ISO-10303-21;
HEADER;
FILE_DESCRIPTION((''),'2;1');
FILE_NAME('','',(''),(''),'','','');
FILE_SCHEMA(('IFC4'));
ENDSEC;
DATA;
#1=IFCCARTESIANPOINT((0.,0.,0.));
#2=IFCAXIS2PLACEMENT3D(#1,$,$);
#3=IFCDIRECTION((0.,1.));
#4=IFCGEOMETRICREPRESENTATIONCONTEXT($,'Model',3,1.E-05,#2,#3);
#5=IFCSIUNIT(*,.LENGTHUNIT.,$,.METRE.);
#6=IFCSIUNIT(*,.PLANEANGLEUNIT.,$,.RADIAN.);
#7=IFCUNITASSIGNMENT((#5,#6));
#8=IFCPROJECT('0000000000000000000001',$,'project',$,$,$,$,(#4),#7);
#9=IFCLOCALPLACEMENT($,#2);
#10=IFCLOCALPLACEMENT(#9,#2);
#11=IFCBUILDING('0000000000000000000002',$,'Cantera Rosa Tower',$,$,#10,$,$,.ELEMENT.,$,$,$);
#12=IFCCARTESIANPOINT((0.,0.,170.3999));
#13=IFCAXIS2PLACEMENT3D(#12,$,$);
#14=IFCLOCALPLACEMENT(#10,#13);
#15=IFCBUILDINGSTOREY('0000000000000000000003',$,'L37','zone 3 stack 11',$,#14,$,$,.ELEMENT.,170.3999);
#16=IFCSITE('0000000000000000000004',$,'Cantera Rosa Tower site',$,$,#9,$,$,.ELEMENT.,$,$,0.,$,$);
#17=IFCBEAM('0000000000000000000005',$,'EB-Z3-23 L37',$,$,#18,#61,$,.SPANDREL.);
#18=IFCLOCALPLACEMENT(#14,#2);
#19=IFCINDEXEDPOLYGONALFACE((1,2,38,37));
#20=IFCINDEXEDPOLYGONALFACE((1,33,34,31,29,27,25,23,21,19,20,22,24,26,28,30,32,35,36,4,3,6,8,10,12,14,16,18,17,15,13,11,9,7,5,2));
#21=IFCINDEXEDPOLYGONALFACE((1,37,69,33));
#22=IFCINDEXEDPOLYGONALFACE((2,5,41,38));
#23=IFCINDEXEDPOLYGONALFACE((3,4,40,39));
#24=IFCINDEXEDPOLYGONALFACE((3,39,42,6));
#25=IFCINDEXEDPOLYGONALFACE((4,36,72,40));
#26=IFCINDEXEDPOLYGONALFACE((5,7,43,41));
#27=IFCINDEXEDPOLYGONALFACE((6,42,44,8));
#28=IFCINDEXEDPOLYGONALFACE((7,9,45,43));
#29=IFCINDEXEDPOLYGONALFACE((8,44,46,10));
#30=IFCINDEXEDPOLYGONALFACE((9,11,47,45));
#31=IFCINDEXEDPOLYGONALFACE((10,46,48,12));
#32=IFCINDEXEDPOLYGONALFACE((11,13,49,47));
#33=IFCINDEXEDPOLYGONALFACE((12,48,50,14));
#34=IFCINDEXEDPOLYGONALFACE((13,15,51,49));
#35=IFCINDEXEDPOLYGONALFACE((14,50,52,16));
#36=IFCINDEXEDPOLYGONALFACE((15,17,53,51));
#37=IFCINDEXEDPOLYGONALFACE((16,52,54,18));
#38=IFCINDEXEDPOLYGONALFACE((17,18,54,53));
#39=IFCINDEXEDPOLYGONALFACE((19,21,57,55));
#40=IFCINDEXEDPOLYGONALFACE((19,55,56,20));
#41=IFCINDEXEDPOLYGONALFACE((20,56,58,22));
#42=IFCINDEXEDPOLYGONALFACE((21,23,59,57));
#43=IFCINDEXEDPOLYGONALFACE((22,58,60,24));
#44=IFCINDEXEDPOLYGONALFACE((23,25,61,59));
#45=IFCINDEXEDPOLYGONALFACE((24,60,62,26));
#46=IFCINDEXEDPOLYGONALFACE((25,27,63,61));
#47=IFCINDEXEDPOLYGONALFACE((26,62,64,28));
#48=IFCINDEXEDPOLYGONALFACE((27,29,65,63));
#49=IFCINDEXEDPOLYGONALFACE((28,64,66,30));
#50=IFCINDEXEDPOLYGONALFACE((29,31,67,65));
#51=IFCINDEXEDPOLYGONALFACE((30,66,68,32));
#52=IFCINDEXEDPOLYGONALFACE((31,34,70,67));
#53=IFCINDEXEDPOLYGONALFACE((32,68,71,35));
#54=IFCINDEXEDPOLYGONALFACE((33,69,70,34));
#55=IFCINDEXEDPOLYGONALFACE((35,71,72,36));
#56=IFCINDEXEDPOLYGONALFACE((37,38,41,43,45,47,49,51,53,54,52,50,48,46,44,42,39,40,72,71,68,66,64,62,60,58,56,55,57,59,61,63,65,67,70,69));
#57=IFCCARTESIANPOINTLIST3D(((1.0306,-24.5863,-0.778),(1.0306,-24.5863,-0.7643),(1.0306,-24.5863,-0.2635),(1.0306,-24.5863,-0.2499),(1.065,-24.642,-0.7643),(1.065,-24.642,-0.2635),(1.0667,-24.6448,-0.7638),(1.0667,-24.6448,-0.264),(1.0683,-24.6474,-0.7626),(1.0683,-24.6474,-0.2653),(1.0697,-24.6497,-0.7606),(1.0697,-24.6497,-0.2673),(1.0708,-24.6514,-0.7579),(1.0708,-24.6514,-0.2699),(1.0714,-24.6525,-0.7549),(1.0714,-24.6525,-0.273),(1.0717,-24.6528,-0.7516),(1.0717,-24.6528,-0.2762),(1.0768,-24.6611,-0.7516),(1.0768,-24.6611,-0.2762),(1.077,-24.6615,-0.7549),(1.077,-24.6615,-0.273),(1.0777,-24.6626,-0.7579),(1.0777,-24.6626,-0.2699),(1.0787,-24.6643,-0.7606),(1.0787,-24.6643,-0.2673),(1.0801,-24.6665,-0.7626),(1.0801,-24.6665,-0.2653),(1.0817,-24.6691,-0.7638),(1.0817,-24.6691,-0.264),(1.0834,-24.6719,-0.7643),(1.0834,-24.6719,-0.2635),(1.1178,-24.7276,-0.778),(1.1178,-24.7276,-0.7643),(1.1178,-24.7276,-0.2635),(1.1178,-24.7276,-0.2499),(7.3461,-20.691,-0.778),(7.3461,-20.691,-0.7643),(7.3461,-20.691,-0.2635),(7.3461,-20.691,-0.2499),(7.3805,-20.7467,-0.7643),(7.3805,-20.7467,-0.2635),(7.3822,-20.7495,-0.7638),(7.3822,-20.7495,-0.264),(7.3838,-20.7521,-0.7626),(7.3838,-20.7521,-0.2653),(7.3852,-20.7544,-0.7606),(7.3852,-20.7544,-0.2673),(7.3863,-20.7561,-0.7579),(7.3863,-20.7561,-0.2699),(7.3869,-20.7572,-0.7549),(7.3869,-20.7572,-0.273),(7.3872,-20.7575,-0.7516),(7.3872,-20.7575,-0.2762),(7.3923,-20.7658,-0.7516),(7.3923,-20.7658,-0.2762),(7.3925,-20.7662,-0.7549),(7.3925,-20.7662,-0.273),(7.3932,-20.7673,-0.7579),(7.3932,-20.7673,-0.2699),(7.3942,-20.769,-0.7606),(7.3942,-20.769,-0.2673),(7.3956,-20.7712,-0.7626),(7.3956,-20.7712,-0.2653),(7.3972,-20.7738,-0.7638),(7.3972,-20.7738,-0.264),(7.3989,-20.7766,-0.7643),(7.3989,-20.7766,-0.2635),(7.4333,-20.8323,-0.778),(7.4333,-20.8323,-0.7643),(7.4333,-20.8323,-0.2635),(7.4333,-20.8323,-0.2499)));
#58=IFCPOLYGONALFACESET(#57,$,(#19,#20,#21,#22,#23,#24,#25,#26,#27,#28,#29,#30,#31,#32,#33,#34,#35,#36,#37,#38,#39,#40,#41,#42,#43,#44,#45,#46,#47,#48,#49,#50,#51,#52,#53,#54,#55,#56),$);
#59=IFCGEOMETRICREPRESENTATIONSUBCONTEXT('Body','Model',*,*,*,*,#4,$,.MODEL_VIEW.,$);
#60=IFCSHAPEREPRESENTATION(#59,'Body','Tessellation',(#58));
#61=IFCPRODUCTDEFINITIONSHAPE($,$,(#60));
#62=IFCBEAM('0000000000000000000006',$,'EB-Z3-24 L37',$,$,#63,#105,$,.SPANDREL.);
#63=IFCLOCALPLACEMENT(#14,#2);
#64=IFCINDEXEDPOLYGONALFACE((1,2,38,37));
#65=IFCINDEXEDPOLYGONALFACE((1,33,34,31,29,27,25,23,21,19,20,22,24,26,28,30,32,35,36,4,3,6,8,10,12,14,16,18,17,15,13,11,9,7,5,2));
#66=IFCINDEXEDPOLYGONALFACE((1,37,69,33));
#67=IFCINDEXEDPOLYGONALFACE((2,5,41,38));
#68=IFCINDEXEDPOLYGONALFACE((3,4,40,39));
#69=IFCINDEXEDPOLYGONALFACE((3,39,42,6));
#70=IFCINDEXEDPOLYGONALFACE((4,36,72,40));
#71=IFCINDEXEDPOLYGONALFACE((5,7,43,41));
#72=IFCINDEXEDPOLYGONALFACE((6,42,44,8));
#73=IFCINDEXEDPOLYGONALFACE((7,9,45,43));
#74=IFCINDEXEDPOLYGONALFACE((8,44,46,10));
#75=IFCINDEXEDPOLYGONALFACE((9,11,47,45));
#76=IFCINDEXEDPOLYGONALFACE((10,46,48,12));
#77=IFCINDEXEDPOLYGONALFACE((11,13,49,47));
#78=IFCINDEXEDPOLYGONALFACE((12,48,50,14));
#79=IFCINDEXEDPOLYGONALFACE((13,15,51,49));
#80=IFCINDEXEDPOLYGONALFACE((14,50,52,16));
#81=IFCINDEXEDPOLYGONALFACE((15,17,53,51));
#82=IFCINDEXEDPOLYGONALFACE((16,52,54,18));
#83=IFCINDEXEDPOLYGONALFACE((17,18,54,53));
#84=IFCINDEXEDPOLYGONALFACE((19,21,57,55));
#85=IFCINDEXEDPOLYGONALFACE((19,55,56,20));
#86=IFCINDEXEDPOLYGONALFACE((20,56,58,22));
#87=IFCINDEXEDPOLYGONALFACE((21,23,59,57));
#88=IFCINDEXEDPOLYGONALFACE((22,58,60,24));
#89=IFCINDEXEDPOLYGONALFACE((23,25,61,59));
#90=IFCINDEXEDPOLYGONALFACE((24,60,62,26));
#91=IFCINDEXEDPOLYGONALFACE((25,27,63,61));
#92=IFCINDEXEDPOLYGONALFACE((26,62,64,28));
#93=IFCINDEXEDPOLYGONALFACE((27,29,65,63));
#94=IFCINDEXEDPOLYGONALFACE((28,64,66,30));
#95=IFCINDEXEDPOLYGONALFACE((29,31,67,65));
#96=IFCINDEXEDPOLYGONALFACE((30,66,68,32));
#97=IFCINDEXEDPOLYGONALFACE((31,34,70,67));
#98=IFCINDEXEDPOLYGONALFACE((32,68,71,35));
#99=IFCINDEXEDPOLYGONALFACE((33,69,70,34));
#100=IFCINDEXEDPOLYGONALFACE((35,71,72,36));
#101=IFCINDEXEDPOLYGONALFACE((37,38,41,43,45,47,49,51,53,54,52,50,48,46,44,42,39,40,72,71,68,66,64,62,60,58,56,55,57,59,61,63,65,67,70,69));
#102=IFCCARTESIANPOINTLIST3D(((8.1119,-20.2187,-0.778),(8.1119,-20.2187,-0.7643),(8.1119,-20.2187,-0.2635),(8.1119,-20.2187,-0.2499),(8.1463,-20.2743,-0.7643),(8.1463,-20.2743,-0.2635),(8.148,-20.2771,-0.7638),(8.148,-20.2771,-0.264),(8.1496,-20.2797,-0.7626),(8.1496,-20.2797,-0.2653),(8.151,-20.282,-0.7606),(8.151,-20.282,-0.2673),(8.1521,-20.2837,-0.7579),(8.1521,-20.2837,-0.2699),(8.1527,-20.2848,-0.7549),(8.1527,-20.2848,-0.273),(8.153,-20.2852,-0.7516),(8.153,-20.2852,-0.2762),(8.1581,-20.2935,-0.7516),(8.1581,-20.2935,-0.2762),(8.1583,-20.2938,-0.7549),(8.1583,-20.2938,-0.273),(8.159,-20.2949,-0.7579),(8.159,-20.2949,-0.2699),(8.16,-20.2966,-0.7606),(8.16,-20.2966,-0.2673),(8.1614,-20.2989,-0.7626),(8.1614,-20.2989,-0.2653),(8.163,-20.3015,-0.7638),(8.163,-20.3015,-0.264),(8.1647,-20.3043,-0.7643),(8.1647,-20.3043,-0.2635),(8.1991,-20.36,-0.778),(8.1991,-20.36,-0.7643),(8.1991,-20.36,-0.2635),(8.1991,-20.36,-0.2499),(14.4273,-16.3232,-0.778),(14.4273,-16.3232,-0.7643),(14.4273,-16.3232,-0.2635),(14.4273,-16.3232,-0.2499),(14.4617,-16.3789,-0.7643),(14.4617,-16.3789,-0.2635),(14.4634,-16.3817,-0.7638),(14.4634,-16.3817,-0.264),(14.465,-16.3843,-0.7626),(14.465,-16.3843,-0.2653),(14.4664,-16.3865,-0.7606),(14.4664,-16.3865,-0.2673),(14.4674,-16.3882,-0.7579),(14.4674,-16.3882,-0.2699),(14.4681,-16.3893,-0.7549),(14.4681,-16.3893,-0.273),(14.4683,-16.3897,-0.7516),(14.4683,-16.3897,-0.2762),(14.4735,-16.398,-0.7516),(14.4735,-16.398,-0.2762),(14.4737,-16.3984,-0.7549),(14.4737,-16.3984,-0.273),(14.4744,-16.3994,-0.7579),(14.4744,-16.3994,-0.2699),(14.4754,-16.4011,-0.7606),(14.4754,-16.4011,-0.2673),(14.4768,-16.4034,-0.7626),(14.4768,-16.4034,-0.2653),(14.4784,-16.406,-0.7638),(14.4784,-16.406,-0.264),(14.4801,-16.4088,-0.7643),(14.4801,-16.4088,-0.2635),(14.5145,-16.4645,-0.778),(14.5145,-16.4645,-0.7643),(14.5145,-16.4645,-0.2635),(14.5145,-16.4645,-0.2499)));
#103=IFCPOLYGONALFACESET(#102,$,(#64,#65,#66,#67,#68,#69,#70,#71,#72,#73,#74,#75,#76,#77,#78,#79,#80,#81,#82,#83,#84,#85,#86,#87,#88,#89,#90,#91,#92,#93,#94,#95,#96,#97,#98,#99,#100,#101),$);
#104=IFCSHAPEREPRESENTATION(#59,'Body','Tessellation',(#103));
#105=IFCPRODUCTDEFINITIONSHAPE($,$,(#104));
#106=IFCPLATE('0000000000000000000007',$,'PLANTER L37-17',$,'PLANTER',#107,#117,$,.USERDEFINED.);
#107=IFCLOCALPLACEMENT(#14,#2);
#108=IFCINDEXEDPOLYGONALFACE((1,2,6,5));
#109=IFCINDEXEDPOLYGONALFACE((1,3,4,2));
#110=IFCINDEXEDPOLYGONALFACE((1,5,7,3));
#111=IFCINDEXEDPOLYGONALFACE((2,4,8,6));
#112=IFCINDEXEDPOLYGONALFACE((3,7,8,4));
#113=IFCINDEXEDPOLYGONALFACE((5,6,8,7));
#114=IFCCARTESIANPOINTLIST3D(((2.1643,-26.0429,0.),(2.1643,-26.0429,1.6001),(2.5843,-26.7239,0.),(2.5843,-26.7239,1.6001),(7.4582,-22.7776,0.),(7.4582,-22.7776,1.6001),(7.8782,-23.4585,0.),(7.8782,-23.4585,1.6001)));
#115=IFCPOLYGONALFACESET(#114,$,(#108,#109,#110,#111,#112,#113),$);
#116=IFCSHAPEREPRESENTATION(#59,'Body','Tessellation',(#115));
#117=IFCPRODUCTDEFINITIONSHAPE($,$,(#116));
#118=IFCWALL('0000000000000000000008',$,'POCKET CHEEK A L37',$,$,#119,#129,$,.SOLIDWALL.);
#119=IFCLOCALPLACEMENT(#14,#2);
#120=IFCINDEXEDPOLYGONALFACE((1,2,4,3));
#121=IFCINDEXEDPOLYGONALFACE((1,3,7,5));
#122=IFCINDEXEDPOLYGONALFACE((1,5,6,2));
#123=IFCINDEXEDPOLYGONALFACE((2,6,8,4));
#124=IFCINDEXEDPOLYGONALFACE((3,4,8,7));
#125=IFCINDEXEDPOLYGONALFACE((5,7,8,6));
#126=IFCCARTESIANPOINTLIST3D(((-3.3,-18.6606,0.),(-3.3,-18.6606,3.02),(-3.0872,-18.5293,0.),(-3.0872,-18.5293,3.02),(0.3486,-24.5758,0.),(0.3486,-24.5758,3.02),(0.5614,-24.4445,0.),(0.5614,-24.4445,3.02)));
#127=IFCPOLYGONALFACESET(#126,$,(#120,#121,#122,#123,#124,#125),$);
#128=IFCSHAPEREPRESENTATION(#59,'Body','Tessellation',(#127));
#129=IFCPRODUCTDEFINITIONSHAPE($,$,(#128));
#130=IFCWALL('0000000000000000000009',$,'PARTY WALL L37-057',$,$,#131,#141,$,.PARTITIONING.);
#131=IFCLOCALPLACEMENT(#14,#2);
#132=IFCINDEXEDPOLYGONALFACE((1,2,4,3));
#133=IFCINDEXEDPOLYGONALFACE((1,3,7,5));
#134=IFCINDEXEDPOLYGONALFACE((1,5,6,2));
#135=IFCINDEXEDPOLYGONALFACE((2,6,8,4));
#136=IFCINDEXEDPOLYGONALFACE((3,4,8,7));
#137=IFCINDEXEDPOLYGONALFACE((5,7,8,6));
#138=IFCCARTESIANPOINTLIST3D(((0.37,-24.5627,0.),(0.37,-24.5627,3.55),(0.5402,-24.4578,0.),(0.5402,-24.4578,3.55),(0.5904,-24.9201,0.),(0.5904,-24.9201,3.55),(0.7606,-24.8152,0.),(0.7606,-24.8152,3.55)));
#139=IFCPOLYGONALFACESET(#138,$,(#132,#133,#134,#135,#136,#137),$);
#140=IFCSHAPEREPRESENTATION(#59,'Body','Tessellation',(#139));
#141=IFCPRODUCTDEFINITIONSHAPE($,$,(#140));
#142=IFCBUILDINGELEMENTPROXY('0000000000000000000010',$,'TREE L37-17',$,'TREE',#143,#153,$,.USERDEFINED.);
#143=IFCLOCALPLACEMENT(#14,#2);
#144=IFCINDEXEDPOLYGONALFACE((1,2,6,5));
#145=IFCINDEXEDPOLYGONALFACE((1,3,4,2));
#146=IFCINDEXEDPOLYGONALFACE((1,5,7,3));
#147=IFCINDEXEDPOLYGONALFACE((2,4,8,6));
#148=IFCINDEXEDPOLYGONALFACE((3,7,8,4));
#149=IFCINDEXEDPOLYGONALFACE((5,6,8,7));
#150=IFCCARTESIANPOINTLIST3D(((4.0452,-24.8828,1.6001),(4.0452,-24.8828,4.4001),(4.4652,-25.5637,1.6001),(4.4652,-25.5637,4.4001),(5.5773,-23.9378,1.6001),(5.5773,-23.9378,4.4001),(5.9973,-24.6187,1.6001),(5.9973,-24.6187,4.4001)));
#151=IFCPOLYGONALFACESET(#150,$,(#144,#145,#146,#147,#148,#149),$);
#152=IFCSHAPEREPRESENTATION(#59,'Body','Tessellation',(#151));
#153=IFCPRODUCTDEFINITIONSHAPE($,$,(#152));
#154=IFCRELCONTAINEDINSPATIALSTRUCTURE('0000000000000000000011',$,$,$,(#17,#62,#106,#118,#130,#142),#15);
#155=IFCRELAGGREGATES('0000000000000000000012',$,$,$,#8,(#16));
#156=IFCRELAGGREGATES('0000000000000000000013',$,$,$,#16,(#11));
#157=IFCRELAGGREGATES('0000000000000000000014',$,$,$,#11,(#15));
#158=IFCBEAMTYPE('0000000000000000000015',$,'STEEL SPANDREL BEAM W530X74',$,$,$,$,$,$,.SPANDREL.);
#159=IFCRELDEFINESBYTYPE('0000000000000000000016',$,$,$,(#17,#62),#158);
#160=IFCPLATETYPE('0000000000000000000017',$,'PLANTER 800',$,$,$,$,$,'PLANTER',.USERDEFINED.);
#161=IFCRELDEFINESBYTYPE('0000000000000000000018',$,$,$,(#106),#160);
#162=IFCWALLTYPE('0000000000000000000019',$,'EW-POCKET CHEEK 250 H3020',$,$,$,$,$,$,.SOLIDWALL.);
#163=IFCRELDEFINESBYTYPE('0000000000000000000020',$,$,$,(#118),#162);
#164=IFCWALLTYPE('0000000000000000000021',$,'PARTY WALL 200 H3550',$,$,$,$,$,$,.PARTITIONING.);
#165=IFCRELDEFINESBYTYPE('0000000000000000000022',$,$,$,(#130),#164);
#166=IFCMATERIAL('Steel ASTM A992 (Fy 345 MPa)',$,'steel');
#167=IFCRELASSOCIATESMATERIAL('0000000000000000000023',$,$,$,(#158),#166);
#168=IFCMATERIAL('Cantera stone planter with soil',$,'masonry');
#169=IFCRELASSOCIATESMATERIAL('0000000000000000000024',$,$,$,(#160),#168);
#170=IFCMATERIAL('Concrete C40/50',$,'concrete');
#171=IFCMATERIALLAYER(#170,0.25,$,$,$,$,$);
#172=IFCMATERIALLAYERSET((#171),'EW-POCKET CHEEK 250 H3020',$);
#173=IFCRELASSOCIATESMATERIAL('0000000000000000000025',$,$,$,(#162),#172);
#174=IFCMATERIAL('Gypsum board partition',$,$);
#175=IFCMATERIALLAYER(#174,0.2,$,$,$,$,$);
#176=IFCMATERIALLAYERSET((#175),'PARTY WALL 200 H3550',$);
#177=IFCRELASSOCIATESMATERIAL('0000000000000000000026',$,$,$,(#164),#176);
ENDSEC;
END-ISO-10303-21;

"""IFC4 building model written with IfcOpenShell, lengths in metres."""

from ifc_helpers import new_model, si_unit, direction, frame, frame_2d, origin, origin_2d, place, context, subcontext, project, spatial, rectangle, i_section, extrude, material, layer, layer_set, material_profile, profile_set, type_object, element, save


model = new_model("IFC4")

# Units and contexts
model_context = context("Model", 3, precision=1e-05, world=origin(), true_north=direction((0.0, 1.0)))
body_context = subcontext(model_context, "Body", "Model", "MODEL_VIEW")
ifc_project = project(units=[si_unit("LENGTHUNIT", "METRE"), si_unit("PLANEANGLEUNIT", "RADIAN")], contexts=[model_context])

# Site, building, storey
site_placement = place(None, origin())
site = spatial("IfcSite", under=ifc_project, at=site_placement, Name="Cantera Rosa Tower site", CompositionType="ELEMENT", RefElevation=0.0)
building_placement = place(site_placement, origin())
building = spatial("IfcBuilding", under=site, at=building_placement, Name="Cantera Rosa Tower", CompositionType="ELEMENT")
storey_placement = place(building_placement, frame((0.0, 0.0, 170.3999)))
storey = spatial("IfcBuildingStorey", under=building, at=storey_placement, Name="L37", Description="zone 3 stack 11", CompositionType="ELEMENT", Elevation=170.3999)

# Beams
ifc_material_1 = material(Name="Steel ASTM A992 (Fy 345 MPa)", Category="steel")
ifc_material_profile_1 = material_profile(ifc_material_1, i_section(OverallWidth=0.166, OverallDepth=0.5281, WebThickness=0.0098, FlangeThickness=0.0137, FilletRadius=0.0127, at=origin_2d()), Name="W530X74")
ifc_profile_set_1 = profile_set([ifc_material_profile_1], Name="Steel ASTM A992 (Fy 345 MPa)")
beam_type_1 = type_object("IfcBeamType", Name="STEEL SPANDREL BEAM W530X74", PredefinedType="SPANDREL", material=ifc_profile_set_1)
for number, where, z_axis, x_axis, name in (
    (1, (1.0742, -24.657, -0.5139), (0.851126, 0.524962, 0.0), (-0.524962, 0.851126, 0.0), "EB-Z3-23 L37"),
    (2, (8.1555, -20.2893, -0.5139), (0.851111, 0.524986, 0.0), (-0.524986, 0.851111, 0.0), "EB-Z3-24 L37"),
):
    element("IfcBeam", number, at=place(storey_placement, frame(where, z_axis=z_axis, x_axis=x_axis)), inside=storey, type_object=beam_type_1, Name=name, PredefinedType="SPANDREL", context=body_context, shape_type="SweptSolid", body=[
        extrude(i_section(OverallWidth=0.166, OverallDepth=0.5281, WebThickness=0.0098, FlangeThickness=0.0137, FilletRadius=0.0127, at=origin_2d()), origin(), (0.0, 0.0, 1.0), 7.4202),
    ])

# Plate
ifc_material_2 = material(Name="Cantera stone planter with soil", Category="masonry")
plate_type = type_object("IfcPlateType", Name="PLANTER 800", ElementType="PLANTER", PredefinedType="USERDEFINED", material=ifc_material_2)
plate_placement = place(storey_placement, frame((5.0212, -24.7507, 0.0), z_axis=(0.0, 0.0, 1.0), x_axis=(0.851117, 0.524977, 0.0)))
element("IfcPlate", 3, at=plate_placement, inside=storey, type_object=plate_type, Name="PLANTER L37-17", ObjectType="PLANTER", PredefinedType="USERDEFINED", context=body_context, shape_type="SweptSolid", body=[
    extrude(rectangle(XDim=6.22, YDim=0.8, at=origin_2d()), origin(), (0.0, 0.0, 1.0), 1.6001),
])

# Walls
ifc_material_3 = material(Name="Concrete C40/50", Category="concrete")
ifc_layer_1 = layer(ifc_material_3, 0.25)
ifc_layer_set_1 = layer_set([ifc_layer_1], Name="EW-POCKET CHEEK 250 H3020")
wall_type_1 = type_object("IfcWallType", Name="EW-POCKET CHEEK 250 H3020", PredefinedType="SOLIDWALL", material=ifc_layer_set_1)
wall_1_placement = place(storey_placement, frame((0.4551, -24.5103, 0.0), z_axis=(0.0, 0.0, 1.0), x_axis=(-0.524985, 0.851111, 0.0)))
element("IfcWall", 4, at=wall_1_placement, inside=storey, type_object=wall_type_1, Name="POCKET CHEEK A L37", PredefinedType="SOLIDWALL", context=body_context, shape_type="SweptSolid", body=[
    extrude(rectangle(XDim=6.95, YDim=0.25, at=frame_2d((3.4751, 0.0))), origin(), (0.0, 0.0, 1.0), 3.02),
])
ifc_material_4 = material(Name="Gypsum board partition")
ifc_layer_2 = layer(ifc_material_4, 0.2)
ifc_layer_set_2 = layer_set([ifc_layer_2], Name="PARTY WALL 200 H3550")
wall_type_2 = type_object("IfcWallType", Name="PARTY WALL 200 H3550", PredefinedType="PARTITIONING", material=ifc_layer_set_2)
wall_2_placement = place(storey_placement, frame((0.4551, -24.5103, 0.0), z_axis=(0.0, 0.0, 1.0), x_axis=(0.524973, -0.851119, 0.0)))
element("IfcWall", 5, at=wall_2_placement, inside=storey, type_object=wall_type_2, Name="PARTY WALL L37-057", PredefinedType="PARTITIONING", context=body_context, shape_type="SweptSolid", body=[
    extrude(rectangle(XDim=0.4199, YDim=0.2, at=frame_2d((0.21, 0.0))), origin(), (0.0, 0.0, 1.0), 3.55),
])

# Building element proxy
proxy_placement = place(storey_placement, frame((5.0212, -24.7507, 1.6001), z_axis=(0.0, 0.0, 1.0), x_axis=(0.851117, 0.524977, 0.0)))
element("IfcBuildingElementProxy", 6, at=proxy_placement, inside=storey, Name="TREE L37-17", ObjectType="TREE", PredefinedType="USERDEFINED", context=body_context, shape_type="SweptSolid", body=[
    extrude(rectangle(XDim=1.8, YDim=0.8, at=origin_2d()), origin(), (0.0, 0.0, 1.0), 2.8),
])

save(model, "model.ifc")
